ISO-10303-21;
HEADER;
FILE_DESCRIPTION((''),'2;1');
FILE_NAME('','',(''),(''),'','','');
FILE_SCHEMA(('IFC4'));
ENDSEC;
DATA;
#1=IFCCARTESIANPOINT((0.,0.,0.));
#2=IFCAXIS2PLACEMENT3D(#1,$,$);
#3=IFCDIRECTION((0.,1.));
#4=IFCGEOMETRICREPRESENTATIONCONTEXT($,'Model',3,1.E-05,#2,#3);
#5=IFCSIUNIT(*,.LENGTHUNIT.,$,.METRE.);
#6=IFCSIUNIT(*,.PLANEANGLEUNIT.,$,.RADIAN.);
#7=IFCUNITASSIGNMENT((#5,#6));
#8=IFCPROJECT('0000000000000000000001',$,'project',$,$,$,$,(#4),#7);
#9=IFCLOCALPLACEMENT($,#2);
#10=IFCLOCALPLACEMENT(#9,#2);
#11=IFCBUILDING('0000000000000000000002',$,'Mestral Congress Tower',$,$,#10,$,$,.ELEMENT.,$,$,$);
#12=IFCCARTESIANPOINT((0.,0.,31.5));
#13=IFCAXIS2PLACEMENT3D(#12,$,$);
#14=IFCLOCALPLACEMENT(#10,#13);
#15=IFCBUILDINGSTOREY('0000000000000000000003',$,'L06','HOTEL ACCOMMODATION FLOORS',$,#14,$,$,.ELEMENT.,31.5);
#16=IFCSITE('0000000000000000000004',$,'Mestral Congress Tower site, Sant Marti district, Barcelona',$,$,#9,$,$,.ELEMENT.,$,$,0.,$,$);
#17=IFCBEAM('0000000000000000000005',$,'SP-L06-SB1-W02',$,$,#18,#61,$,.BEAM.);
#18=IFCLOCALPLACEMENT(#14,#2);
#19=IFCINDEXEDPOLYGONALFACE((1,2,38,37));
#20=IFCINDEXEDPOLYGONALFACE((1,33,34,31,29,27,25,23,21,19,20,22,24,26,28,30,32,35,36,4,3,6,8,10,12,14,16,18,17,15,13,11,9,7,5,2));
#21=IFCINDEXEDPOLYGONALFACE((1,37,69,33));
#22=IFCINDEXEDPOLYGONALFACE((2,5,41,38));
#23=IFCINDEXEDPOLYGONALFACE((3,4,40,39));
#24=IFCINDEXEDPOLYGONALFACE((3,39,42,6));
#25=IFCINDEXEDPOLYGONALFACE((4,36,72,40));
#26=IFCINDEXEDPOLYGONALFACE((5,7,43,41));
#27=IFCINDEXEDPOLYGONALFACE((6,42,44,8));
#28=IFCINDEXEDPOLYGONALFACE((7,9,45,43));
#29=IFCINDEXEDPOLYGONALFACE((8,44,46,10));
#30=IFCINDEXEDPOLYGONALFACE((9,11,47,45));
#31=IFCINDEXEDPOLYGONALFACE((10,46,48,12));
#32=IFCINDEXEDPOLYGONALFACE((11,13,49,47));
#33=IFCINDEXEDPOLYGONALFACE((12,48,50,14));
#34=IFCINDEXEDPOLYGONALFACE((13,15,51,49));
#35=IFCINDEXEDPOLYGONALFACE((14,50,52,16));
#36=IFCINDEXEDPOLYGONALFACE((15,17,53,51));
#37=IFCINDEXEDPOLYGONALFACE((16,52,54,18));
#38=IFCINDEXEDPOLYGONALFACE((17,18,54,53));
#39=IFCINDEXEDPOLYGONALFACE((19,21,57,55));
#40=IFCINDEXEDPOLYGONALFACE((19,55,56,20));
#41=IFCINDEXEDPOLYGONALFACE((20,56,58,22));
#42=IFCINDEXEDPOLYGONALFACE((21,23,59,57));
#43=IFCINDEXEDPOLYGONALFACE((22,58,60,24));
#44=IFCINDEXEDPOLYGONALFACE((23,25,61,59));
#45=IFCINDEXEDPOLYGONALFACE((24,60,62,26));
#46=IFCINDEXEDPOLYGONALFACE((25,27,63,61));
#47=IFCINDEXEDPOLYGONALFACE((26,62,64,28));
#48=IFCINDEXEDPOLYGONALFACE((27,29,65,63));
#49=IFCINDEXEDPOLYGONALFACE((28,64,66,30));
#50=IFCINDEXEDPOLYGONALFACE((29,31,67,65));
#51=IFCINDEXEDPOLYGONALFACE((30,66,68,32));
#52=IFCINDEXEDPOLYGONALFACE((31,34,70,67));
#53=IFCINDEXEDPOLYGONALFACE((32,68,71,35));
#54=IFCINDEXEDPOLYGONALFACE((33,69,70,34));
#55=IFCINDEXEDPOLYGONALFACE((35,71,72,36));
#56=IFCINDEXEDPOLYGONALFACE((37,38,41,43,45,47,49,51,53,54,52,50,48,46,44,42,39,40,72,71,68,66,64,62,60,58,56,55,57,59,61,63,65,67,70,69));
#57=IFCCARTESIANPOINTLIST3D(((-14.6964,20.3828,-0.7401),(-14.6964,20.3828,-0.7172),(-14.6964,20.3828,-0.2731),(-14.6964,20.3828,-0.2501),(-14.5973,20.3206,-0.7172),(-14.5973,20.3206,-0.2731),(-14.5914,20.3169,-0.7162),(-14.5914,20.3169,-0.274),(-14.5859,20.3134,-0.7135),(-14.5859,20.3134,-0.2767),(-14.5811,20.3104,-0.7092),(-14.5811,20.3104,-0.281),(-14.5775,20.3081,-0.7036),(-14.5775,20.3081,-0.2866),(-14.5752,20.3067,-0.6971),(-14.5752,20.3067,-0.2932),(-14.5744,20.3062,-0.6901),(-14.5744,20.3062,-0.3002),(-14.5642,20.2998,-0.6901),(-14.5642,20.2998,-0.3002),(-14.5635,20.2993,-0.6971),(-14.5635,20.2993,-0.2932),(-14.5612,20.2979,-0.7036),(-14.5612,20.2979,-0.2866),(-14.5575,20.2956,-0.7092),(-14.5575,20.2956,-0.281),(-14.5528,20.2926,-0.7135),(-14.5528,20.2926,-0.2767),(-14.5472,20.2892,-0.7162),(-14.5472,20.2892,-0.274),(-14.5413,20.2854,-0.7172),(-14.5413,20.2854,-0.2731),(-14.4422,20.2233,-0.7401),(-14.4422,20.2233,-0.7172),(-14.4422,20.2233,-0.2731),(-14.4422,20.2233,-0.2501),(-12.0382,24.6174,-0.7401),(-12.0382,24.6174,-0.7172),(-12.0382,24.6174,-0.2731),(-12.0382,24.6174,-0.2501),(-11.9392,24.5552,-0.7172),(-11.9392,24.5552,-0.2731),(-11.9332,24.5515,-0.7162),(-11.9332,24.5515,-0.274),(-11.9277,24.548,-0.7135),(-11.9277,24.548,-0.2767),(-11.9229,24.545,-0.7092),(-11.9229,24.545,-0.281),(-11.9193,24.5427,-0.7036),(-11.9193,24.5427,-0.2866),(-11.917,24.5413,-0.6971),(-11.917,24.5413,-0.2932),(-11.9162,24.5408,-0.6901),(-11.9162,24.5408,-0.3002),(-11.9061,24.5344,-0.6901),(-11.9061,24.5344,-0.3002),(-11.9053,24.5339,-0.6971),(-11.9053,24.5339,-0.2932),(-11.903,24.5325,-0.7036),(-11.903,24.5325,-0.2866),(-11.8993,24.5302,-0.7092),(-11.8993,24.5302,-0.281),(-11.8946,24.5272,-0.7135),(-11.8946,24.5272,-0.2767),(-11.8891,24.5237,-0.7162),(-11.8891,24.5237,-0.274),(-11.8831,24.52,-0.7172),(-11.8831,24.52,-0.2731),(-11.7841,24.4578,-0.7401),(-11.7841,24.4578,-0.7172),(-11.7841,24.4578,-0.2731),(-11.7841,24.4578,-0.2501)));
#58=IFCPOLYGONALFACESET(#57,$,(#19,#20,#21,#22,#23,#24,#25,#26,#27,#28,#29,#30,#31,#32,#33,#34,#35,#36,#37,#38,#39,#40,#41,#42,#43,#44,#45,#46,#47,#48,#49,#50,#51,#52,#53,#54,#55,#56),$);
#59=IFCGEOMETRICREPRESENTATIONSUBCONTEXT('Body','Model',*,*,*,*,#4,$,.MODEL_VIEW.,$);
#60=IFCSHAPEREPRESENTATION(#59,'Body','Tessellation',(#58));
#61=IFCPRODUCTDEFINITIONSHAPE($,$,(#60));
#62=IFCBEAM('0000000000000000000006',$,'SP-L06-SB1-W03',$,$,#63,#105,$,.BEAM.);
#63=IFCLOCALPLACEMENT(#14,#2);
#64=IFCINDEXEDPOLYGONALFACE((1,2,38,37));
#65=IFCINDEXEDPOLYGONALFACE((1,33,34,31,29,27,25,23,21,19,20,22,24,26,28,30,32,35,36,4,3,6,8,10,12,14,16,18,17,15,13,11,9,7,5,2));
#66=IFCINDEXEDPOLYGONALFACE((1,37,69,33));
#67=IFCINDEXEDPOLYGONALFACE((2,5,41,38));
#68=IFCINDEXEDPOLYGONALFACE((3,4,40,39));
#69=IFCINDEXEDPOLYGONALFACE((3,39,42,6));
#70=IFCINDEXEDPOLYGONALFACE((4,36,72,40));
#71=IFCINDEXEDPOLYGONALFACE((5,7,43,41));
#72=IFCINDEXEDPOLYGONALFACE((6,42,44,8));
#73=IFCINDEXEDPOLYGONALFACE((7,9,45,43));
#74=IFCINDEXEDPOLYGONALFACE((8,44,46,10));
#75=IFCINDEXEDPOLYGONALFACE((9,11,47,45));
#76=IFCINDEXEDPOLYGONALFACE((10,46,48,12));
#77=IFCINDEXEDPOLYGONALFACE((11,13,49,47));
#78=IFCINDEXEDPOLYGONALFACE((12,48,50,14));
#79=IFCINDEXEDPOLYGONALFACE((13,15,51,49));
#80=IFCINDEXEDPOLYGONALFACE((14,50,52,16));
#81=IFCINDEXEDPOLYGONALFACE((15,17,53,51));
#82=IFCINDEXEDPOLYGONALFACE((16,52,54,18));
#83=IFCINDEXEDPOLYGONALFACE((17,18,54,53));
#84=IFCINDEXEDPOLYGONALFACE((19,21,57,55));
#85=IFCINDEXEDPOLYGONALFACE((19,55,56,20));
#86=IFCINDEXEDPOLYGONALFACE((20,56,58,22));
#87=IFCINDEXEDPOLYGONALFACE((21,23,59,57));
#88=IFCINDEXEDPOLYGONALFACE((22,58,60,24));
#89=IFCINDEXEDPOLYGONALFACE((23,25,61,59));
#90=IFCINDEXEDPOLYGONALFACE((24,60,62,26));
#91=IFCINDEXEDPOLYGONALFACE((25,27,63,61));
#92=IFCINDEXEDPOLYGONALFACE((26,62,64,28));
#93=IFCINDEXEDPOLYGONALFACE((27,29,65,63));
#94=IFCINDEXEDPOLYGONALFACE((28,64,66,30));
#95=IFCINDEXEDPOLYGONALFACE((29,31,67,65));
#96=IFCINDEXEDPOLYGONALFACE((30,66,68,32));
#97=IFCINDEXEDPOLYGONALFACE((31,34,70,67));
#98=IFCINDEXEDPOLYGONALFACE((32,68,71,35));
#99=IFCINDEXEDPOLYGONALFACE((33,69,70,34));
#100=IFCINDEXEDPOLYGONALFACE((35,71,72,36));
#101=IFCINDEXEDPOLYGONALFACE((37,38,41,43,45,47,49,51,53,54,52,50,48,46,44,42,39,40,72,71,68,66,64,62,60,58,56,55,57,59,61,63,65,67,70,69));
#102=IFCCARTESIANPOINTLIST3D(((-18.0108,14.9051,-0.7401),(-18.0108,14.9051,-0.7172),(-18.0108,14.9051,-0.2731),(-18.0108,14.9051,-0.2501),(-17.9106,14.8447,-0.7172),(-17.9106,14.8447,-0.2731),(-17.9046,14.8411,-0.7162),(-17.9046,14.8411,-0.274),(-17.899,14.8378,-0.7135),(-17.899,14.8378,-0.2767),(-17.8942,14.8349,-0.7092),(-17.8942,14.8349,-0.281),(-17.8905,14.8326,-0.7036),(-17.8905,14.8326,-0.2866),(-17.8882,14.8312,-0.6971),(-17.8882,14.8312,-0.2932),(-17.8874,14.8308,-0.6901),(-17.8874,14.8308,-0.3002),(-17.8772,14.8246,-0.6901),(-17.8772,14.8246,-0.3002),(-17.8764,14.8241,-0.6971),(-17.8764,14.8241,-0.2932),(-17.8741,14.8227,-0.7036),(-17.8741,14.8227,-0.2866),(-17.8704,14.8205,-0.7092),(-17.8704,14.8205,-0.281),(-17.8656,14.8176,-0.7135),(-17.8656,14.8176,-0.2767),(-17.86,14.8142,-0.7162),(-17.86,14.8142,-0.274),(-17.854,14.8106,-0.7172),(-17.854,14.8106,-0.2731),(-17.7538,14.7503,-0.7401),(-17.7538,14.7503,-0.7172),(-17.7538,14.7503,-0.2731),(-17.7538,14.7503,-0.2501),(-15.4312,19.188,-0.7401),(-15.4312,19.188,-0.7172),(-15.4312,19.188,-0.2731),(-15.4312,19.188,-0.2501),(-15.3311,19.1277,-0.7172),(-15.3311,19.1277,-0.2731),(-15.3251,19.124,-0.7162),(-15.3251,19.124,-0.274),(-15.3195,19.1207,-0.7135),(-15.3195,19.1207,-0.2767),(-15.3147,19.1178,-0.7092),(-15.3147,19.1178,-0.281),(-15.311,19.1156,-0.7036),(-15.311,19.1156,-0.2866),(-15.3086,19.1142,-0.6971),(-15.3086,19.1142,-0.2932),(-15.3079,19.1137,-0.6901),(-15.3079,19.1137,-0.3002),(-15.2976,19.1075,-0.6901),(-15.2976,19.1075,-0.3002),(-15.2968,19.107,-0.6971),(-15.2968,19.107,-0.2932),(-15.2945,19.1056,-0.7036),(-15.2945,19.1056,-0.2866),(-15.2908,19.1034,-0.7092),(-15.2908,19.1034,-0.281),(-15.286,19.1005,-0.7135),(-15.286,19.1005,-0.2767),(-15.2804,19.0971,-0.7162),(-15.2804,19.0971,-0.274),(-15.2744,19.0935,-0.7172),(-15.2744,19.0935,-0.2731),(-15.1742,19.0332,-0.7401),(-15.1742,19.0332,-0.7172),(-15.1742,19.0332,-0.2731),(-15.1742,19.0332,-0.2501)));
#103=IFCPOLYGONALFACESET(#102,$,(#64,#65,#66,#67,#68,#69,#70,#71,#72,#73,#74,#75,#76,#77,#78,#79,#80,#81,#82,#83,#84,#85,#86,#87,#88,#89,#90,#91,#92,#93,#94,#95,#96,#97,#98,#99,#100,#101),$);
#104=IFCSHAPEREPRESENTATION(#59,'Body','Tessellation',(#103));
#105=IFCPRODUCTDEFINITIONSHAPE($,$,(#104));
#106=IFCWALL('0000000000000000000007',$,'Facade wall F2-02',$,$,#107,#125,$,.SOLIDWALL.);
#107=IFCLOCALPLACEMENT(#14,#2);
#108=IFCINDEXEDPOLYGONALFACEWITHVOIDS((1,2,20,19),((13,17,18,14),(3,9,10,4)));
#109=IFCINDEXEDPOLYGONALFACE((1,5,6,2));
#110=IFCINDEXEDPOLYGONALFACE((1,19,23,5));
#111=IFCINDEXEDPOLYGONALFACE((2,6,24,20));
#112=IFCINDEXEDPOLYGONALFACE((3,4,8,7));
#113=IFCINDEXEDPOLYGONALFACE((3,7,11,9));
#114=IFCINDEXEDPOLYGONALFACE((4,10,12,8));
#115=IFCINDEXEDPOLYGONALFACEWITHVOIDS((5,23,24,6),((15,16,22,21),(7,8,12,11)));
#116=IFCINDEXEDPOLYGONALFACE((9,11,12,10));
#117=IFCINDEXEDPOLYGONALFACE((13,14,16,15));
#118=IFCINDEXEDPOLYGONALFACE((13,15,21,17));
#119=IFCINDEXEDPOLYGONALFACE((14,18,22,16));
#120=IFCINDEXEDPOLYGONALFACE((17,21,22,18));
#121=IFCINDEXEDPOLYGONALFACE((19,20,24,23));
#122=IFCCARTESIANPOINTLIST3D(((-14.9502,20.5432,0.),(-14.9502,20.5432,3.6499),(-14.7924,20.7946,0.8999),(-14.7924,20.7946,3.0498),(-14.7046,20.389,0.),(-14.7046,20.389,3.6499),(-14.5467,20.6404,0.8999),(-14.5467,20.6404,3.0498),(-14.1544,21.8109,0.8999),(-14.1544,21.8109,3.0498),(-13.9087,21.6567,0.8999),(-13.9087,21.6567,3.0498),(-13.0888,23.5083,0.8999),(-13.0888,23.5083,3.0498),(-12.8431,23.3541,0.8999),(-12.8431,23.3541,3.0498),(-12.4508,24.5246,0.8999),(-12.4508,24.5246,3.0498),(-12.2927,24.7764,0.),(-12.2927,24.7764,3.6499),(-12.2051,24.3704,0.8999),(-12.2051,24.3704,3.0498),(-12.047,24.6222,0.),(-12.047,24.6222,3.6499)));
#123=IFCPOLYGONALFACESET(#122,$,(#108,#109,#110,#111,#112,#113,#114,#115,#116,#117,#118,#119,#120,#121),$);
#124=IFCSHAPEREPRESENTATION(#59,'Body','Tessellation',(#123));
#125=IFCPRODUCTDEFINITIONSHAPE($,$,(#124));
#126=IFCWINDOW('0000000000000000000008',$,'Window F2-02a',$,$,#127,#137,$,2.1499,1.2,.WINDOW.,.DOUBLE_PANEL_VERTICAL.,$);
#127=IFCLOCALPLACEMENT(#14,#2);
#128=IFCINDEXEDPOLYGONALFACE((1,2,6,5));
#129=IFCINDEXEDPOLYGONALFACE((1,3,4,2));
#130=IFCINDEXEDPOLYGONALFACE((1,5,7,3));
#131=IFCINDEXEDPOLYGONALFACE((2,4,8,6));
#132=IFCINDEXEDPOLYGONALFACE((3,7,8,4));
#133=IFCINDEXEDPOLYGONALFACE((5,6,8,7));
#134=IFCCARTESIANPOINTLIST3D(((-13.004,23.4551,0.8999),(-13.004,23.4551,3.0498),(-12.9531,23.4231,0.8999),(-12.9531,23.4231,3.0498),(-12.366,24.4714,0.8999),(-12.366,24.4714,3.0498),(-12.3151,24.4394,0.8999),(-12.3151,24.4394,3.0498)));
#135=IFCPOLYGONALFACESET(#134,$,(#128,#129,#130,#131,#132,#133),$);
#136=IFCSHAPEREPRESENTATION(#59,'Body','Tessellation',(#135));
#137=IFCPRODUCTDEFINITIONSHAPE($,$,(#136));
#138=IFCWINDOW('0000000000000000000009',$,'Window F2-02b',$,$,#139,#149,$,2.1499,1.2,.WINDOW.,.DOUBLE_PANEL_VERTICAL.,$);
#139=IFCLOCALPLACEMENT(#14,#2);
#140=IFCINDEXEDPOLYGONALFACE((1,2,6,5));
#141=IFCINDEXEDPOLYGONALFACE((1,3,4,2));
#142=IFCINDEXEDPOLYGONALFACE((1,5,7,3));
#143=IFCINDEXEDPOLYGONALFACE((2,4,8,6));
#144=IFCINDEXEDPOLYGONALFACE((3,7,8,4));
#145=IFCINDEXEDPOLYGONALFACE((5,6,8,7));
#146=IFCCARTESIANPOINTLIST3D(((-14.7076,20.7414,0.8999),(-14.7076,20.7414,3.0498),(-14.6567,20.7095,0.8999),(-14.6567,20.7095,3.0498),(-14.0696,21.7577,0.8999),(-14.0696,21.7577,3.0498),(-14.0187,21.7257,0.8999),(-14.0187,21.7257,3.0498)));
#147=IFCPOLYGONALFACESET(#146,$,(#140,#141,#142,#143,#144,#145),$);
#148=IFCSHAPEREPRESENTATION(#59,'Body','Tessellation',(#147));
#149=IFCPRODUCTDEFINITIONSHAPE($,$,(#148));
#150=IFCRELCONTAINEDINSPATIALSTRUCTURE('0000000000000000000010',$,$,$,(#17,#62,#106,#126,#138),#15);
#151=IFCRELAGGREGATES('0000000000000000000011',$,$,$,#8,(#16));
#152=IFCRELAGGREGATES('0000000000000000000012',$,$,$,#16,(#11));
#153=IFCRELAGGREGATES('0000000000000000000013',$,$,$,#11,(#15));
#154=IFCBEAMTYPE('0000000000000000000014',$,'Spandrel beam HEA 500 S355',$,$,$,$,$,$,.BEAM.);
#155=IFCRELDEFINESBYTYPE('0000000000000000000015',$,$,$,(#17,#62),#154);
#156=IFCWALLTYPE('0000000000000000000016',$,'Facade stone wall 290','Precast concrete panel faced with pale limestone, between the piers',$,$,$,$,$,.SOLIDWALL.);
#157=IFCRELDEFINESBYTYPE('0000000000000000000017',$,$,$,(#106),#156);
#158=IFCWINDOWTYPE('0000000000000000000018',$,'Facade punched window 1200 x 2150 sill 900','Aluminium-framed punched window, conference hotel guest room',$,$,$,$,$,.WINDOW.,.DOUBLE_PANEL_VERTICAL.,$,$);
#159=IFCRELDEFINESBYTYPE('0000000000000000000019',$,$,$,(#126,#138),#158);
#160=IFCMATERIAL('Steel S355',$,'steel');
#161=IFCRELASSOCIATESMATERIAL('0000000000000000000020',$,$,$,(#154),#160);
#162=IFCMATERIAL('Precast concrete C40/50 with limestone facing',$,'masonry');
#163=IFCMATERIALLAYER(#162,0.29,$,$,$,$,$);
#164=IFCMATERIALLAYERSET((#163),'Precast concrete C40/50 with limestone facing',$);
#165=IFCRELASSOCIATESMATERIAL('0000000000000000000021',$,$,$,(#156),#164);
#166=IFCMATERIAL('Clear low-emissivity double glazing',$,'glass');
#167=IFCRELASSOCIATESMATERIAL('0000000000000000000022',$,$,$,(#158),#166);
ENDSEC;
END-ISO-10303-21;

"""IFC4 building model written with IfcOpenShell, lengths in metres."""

from ifc_helpers import new_model, si_unit, direction, frame, frame_2d, origin, origin_2d, place, context, subcontext, project, spatial, rectangle, i_section, extrude, material, layer, layer_set, material_profile, profile_set, type_object, element, fill, save


model = new_model("IFC4")

# Units and contexts
model_context = context("Model", 3, precision=1e-05, world=origin(), true_north=direction((0.0, 1.0)))
body_context = subcontext(model_context, "Body", "Model", "MODEL_VIEW")
ifc_project = project(units=[si_unit("LENGTHUNIT", "METRE"), si_unit("PLANEANGLEUNIT", "RADIAN")], contexts=[model_context])

# Site, building, storey
site_placement = place(None, origin())
site = spatial("IfcSite", under=ifc_project, at=site_placement, Name="Mestral Congress Tower site, Sant Marti district, Barcelona", CompositionType="ELEMENT", RefElevation=0.0)
building_placement = place(site_placement, origin())
building = spatial("IfcBuilding", under=site, at=building_placement, Name="Mestral Congress Tower", CompositionType="ELEMENT")
storey_placement = place(building_placement, frame((0.0, 0.0, 31.5)))
storey = spatial("IfcBuildingStorey", under=building, at=storey_placement, Name="L06", Description="HOTEL ACCOMMODATION FLOORS", CompositionType="ELEMENT", Elevation=31.5)

# Beams
ifc_material_1 = material(Name="Steel S355", Category="steel")
ifc_material_profile_1 = material_profile(ifc_material_1, i_section(OverallWidth=0.3, OverallDepth=0.49, WebThickness=0.012, FlangeThickness=0.0229, FilletRadius=0.0271, at=origin_2d()), Name="HEA 500")
ifc_profile_set_1 = profile_set([ifc_material_profile_1], Name="Steel S355")
beam_type_1 = type_object("IfcBeamType", Name="Spandrel beam HEA 500 S355", PredefinedType="BEAM", material=ifc_profile_set_1)
for number, where, z_axis, x_axis, name in (
    (1, (-11.9111, 24.5376, -0.4951), (-0.531661, -0.846957, 0.0), (0.846957, -0.531661, 0.0), "SP-L06-SB1-W02"),
    (2, (-15.3027, 19.1106, -0.4951), (-0.515938, -0.856626, 0.0), (0.856626, -0.515938, 0.0), "SP-L06-SB1-W03"),
):
    element("IfcBeam", number, at=place(storey_placement, frame(where, z_axis=z_axis, x_axis=x_axis)), inside=storey, type_object=beam_type_1, Name=name, PredefinedType="BEAM", context=body_context, shape_type="SweptSolid", body=[
        extrude(i_section(OverallWidth=0.3, OverallDepth=0.49, WebThickness=0.012, FlangeThickness=0.0229, FilletRadius=0.0271, at=origin_2d()), origin(), (0.0, 0.0, 1.0), 4.9998),
    ])

# Wall, openings, windows
ifc_material_2 = material(Name="Precast concrete C40/50 with limestone facing", Category="masonry")
ifc_layer_1 = layer(ifc_material_2, 0.29)
ifc_layer_set_1 = layer_set([ifc_layer_1], Name="Precast concrete C40/50 with limestone facing")
wall_type_1 = type_object("IfcWallType", Name="Facade stone wall 290", Description="Precast concrete panel faced with pale limestone, between the piers", PredefinedType="SOLIDWALL", material=ifc_layer_set_1)
wall_1_placement = place(storey_placement, frame((-12.1699, 24.6992, 0.0), z_axis=(0.0, 0.0, 1.0), x_axis=(-0.531688, -0.84694, 0.0)))
wall_1 = element("IfcWall", 3, at=wall_1_placement, inside=storey, type_object=wall_type_1, Name="Facade wall F2-02", PredefinedType="SOLIDWALL", context=body_context, shape_type="SweptSolid", body=[
    extrude(rectangle(XDim=4.9983, YDim=0.29, at=frame_2d((2.499, 0.0))), origin(), (0.0, 0.0, 1.0), 3.6499),
])
opening_1_placement = place(wall_1_placement, frame((0.2971, 0.0, 0.8999)))
opening_1 = element("IfcOpeningElement", 4, at=opening_1_placement, cuts=wall_1, PredefinedType="OPENING", context=body_context, shape_type="SweptSolid", body=[
    extrude(rectangle(XDim=1.2, YDim=2.1499, at=frame_2d((0.6001, 1.075))), frame((0.0, 0.155, 0.0), z_axis=(0.0, -1.0, 0.0), x_axis=(1.0, 0.0, 0.0)), (0.0, 0.0, 1.0), 0.3101),
])
opening_2_placement = place(wall_1_placement, frame((3.5012, 0.0, 0.8999)))
opening_2 = element("IfcOpeningElement", 5, at=opening_2_placement, cuts=wall_1, PredefinedType="OPENING", context=body_context, shape_type="SweptSolid", body=[
    extrude(rectangle(XDim=1.2, YDim=2.1499, at=frame_2d((0.6001, 1.075))), frame((0.0, 0.155, 0.0), z_axis=(0.0, -1.0, 0.0), x_axis=(1.0, 0.0, 0.0)), (0.0, 0.0, 1.0), 0.3101),
])
ifc_material_3 = material(Name="Clear low-emissivity double glazing", Category="glass")
window_type = type_object("IfcWindowType", Name="Facade punched window 1200 x 2150 sill 900", Description="Aluminium-framed punched window, conference hotel guest room", PartitioningType="DOUBLE_PANEL_VERTICAL", PredefinedType="WINDOW", material=ifc_material_3)
window_1_placement = place(opening_1_placement, origin())
window_1 = element("IfcWindow", 6, at=window_1_placement, inside=storey, type_object=window_type, Name="Window F2-02a", OverallHeight=2.1499, OverallWidth=1.2, PartitioningType="DOUBLE_PANEL_VERTICAL", PredefinedType="WINDOW", context=body_context, shape_type="SweptSolid", body=[
    extrude(rectangle(XDim=1.2, YDim=2.1499, at=frame_2d((0.6001, 1.075))), frame((0.0, 0.0151, 0.0), z_axis=(0.0, -1.0, 0.0), x_axis=(1.0, 0.0, 0.0)), (0.0, 0.0, 1.0), 0.0601),
])
fill(opening_1, window_1)
window_2_placement = place(opening_2_placement, origin())
window_2 = element("IfcWindow", 7, at=window_2_placement, inside=storey, type_object=window_type, Name="Window F2-02b", OverallHeight=2.1499, OverallWidth=1.2, PartitioningType="DOUBLE_PANEL_VERTICAL", PredefinedType="WINDOW", context=body_context, shape_type="SweptSolid", body=[
    extrude(rectangle(XDim=1.2, YDim=2.1499, at=frame_2d((0.6001, 1.075))), frame((0.0, 0.0151, 0.0), z_axis=(0.0, -1.0, 0.0), x_axis=(1.0, 0.0, 0.0)), (0.0, 0.0, 1.0), 0.0601),
])
fill(opening_2, window_2)

save(model, "model.ifc")
